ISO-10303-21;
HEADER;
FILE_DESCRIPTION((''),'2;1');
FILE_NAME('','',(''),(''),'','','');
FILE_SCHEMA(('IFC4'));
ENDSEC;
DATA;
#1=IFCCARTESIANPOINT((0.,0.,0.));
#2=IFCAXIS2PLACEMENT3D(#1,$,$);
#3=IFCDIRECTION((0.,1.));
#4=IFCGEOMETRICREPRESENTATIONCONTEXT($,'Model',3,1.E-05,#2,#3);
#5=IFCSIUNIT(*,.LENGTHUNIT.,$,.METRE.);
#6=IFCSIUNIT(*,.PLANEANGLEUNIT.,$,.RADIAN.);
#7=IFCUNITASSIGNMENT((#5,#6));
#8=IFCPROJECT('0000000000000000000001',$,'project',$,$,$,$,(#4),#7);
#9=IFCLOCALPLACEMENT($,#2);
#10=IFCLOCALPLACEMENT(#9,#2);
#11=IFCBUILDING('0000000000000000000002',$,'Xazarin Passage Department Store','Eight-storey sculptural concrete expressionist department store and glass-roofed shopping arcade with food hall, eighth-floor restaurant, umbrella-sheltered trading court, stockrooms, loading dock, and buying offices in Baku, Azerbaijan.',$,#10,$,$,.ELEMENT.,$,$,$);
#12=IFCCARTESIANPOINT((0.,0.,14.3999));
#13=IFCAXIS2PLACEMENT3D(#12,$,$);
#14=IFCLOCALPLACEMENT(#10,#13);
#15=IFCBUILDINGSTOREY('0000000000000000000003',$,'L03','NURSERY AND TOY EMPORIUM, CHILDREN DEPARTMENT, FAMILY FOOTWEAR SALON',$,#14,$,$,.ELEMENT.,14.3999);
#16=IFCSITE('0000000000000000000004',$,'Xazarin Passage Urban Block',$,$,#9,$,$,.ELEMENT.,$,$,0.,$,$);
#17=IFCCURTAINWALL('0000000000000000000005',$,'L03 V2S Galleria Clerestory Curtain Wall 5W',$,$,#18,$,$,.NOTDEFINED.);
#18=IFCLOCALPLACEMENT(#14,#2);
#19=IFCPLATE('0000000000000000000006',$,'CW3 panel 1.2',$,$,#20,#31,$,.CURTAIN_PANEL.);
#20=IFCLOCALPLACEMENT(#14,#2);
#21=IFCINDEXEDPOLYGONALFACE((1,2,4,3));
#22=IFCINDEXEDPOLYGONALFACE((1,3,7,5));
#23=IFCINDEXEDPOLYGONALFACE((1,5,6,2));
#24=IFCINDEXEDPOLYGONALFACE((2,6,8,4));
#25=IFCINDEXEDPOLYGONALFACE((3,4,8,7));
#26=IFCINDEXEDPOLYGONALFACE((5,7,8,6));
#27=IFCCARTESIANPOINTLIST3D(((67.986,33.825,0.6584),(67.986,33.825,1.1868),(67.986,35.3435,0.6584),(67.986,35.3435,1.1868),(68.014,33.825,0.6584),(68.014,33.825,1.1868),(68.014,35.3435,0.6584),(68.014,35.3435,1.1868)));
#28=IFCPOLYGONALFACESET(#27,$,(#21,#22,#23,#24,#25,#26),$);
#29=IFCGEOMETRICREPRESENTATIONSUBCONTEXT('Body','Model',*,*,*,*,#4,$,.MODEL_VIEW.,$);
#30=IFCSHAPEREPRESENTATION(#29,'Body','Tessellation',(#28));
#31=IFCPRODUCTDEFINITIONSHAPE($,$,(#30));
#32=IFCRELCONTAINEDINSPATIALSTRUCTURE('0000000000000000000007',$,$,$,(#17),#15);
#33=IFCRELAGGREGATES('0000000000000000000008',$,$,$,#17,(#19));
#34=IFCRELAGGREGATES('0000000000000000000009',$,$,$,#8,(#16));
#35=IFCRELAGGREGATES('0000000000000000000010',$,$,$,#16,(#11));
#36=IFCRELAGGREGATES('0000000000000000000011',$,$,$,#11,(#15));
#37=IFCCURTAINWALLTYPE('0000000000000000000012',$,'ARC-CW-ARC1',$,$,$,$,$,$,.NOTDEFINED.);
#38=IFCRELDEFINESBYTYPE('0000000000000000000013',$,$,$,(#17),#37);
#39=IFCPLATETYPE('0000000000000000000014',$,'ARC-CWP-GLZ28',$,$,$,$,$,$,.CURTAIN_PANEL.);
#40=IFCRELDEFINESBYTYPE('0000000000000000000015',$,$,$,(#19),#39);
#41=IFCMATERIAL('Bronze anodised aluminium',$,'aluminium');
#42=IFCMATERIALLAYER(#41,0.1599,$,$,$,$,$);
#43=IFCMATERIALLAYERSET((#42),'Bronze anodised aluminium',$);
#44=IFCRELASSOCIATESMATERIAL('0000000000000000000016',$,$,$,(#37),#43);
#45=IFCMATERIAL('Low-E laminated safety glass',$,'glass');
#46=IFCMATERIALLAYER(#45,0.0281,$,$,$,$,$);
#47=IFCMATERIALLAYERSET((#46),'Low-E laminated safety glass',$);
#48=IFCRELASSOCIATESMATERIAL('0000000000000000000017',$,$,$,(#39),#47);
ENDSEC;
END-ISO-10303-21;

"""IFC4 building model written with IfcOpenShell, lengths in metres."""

from ifc_helpers import new_model, si_unit, direction, frame, origin, origin_2d, place, context, subcontext, project, spatial, rectangle, extrude, material, layer, layer_set, type_object, element, aggregate, save


model = new_model("IFC4")

# Units and contexts
model_context = context("Model", 3, precision=1e-05, world=origin(), true_north=direction((0.0, 1.0)))
body_context = subcontext(model_context, "Body", "Model", "MODEL_VIEW")
ifc_project = project(units=[si_unit("LENGTHUNIT", "METRE"), si_unit("PLANEANGLEUNIT", "RADIAN")], contexts=[model_context])

# Site, building, storey
site_placement = place(None, origin())
site = spatial("IfcSite", under=ifc_project, at=site_placement, Name="Xazarin Passage Urban Block", CompositionType="ELEMENT", RefElevation=0.0)
building_placement = place(site_placement, origin())
building = spatial("IfcBuilding", under=site, at=building_placement, Name="Xazarin Passage Department Store", Description="Eight-storey sculptural concrete expressionist department store and glass-roofed shopping arcade with food hall, eighth-floor restaurant, umbrella-sheltered trading court, stockrooms, loading dock, and buying offices in Baku, Azerbaijan.", CompositionType="ELEMENT")
storey_placement = place(building_placement, frame((0.0, 0.0, 14.3999)))
storey = spatial("IfcBuildingStorey", under=building, at=storey_placement, Name="L03", Description="NURSERY AND TOY EMPORIUM, CHILDREN DEPARTMENT, FAMILY FOOTWEAR SALON", CompositionType="ELEMENT", Elevation=14.3999)

# Curtain wall
ifc_material_1 = material(Name="Bronze anodised aluminium", Category="aluminium")
ifc_layer_1 = layer(ifc_material_1, 0.1599)
ifc_layer_set_1 = layer_set([ifc_layer_1], Name="Bronze anodised aluminium")
curtain_wall_type = type_object("IfcCurtainWallType", Name="ARC-CW-ARC1", PredefinedType="NOTDEFINED", material=ifc_layer_set_1)
curtain_wall_1_placement = place(storey_placement, origin())
curtain_wall_1 = element("IfcCurtainWall", 1, at=curtain_wall_1_placement, inside=storey, type_object=curtain_wall_type, Name="L03 V2S Galleria Clerestory Curtain Wall 5W", PredefinedType="NOTDEFINED")

# Plate
ifc_material_2 = material(Name="Low-E laminated safety glass", Category="glass")
ifc_layer_2 = layer(ifc_material_2, 0.0281)
ifc_layer_set_2 = layer_set([ifc_layer_2], Name="Low-E laminated safety glass")
plate_type = type_object("IfcPlateType", Name="ARC-CWP-GLZ28", PredefinedType="CURTAIN_PANEL", material=ifc_layer_set_2)
plate_1_placement = place(storey_placement, frame((68.0, 34.5842, 0.6584), z_axis=(0.0, 0.0, 1.0), x_axis=(0.0, 1.0, 0.0)))
plate_1 = element("IfcPlate", 2, at=plate_1_placement, type_object=plate_type, Name="CW3 panel 1.2", PredefinedType="CURTAIN_PANEL", context=body_context, shape_type="SweptSolid", body=[
    extrude(rectangle(XDim=1.5186, YDim=0.0281, at=origin_2d()), origin(), (0.0, 0.0, 1.0), 0.5283),
])
aggregate(curtain_wall_1, [plate_1])

save(model, "model.ifc")
